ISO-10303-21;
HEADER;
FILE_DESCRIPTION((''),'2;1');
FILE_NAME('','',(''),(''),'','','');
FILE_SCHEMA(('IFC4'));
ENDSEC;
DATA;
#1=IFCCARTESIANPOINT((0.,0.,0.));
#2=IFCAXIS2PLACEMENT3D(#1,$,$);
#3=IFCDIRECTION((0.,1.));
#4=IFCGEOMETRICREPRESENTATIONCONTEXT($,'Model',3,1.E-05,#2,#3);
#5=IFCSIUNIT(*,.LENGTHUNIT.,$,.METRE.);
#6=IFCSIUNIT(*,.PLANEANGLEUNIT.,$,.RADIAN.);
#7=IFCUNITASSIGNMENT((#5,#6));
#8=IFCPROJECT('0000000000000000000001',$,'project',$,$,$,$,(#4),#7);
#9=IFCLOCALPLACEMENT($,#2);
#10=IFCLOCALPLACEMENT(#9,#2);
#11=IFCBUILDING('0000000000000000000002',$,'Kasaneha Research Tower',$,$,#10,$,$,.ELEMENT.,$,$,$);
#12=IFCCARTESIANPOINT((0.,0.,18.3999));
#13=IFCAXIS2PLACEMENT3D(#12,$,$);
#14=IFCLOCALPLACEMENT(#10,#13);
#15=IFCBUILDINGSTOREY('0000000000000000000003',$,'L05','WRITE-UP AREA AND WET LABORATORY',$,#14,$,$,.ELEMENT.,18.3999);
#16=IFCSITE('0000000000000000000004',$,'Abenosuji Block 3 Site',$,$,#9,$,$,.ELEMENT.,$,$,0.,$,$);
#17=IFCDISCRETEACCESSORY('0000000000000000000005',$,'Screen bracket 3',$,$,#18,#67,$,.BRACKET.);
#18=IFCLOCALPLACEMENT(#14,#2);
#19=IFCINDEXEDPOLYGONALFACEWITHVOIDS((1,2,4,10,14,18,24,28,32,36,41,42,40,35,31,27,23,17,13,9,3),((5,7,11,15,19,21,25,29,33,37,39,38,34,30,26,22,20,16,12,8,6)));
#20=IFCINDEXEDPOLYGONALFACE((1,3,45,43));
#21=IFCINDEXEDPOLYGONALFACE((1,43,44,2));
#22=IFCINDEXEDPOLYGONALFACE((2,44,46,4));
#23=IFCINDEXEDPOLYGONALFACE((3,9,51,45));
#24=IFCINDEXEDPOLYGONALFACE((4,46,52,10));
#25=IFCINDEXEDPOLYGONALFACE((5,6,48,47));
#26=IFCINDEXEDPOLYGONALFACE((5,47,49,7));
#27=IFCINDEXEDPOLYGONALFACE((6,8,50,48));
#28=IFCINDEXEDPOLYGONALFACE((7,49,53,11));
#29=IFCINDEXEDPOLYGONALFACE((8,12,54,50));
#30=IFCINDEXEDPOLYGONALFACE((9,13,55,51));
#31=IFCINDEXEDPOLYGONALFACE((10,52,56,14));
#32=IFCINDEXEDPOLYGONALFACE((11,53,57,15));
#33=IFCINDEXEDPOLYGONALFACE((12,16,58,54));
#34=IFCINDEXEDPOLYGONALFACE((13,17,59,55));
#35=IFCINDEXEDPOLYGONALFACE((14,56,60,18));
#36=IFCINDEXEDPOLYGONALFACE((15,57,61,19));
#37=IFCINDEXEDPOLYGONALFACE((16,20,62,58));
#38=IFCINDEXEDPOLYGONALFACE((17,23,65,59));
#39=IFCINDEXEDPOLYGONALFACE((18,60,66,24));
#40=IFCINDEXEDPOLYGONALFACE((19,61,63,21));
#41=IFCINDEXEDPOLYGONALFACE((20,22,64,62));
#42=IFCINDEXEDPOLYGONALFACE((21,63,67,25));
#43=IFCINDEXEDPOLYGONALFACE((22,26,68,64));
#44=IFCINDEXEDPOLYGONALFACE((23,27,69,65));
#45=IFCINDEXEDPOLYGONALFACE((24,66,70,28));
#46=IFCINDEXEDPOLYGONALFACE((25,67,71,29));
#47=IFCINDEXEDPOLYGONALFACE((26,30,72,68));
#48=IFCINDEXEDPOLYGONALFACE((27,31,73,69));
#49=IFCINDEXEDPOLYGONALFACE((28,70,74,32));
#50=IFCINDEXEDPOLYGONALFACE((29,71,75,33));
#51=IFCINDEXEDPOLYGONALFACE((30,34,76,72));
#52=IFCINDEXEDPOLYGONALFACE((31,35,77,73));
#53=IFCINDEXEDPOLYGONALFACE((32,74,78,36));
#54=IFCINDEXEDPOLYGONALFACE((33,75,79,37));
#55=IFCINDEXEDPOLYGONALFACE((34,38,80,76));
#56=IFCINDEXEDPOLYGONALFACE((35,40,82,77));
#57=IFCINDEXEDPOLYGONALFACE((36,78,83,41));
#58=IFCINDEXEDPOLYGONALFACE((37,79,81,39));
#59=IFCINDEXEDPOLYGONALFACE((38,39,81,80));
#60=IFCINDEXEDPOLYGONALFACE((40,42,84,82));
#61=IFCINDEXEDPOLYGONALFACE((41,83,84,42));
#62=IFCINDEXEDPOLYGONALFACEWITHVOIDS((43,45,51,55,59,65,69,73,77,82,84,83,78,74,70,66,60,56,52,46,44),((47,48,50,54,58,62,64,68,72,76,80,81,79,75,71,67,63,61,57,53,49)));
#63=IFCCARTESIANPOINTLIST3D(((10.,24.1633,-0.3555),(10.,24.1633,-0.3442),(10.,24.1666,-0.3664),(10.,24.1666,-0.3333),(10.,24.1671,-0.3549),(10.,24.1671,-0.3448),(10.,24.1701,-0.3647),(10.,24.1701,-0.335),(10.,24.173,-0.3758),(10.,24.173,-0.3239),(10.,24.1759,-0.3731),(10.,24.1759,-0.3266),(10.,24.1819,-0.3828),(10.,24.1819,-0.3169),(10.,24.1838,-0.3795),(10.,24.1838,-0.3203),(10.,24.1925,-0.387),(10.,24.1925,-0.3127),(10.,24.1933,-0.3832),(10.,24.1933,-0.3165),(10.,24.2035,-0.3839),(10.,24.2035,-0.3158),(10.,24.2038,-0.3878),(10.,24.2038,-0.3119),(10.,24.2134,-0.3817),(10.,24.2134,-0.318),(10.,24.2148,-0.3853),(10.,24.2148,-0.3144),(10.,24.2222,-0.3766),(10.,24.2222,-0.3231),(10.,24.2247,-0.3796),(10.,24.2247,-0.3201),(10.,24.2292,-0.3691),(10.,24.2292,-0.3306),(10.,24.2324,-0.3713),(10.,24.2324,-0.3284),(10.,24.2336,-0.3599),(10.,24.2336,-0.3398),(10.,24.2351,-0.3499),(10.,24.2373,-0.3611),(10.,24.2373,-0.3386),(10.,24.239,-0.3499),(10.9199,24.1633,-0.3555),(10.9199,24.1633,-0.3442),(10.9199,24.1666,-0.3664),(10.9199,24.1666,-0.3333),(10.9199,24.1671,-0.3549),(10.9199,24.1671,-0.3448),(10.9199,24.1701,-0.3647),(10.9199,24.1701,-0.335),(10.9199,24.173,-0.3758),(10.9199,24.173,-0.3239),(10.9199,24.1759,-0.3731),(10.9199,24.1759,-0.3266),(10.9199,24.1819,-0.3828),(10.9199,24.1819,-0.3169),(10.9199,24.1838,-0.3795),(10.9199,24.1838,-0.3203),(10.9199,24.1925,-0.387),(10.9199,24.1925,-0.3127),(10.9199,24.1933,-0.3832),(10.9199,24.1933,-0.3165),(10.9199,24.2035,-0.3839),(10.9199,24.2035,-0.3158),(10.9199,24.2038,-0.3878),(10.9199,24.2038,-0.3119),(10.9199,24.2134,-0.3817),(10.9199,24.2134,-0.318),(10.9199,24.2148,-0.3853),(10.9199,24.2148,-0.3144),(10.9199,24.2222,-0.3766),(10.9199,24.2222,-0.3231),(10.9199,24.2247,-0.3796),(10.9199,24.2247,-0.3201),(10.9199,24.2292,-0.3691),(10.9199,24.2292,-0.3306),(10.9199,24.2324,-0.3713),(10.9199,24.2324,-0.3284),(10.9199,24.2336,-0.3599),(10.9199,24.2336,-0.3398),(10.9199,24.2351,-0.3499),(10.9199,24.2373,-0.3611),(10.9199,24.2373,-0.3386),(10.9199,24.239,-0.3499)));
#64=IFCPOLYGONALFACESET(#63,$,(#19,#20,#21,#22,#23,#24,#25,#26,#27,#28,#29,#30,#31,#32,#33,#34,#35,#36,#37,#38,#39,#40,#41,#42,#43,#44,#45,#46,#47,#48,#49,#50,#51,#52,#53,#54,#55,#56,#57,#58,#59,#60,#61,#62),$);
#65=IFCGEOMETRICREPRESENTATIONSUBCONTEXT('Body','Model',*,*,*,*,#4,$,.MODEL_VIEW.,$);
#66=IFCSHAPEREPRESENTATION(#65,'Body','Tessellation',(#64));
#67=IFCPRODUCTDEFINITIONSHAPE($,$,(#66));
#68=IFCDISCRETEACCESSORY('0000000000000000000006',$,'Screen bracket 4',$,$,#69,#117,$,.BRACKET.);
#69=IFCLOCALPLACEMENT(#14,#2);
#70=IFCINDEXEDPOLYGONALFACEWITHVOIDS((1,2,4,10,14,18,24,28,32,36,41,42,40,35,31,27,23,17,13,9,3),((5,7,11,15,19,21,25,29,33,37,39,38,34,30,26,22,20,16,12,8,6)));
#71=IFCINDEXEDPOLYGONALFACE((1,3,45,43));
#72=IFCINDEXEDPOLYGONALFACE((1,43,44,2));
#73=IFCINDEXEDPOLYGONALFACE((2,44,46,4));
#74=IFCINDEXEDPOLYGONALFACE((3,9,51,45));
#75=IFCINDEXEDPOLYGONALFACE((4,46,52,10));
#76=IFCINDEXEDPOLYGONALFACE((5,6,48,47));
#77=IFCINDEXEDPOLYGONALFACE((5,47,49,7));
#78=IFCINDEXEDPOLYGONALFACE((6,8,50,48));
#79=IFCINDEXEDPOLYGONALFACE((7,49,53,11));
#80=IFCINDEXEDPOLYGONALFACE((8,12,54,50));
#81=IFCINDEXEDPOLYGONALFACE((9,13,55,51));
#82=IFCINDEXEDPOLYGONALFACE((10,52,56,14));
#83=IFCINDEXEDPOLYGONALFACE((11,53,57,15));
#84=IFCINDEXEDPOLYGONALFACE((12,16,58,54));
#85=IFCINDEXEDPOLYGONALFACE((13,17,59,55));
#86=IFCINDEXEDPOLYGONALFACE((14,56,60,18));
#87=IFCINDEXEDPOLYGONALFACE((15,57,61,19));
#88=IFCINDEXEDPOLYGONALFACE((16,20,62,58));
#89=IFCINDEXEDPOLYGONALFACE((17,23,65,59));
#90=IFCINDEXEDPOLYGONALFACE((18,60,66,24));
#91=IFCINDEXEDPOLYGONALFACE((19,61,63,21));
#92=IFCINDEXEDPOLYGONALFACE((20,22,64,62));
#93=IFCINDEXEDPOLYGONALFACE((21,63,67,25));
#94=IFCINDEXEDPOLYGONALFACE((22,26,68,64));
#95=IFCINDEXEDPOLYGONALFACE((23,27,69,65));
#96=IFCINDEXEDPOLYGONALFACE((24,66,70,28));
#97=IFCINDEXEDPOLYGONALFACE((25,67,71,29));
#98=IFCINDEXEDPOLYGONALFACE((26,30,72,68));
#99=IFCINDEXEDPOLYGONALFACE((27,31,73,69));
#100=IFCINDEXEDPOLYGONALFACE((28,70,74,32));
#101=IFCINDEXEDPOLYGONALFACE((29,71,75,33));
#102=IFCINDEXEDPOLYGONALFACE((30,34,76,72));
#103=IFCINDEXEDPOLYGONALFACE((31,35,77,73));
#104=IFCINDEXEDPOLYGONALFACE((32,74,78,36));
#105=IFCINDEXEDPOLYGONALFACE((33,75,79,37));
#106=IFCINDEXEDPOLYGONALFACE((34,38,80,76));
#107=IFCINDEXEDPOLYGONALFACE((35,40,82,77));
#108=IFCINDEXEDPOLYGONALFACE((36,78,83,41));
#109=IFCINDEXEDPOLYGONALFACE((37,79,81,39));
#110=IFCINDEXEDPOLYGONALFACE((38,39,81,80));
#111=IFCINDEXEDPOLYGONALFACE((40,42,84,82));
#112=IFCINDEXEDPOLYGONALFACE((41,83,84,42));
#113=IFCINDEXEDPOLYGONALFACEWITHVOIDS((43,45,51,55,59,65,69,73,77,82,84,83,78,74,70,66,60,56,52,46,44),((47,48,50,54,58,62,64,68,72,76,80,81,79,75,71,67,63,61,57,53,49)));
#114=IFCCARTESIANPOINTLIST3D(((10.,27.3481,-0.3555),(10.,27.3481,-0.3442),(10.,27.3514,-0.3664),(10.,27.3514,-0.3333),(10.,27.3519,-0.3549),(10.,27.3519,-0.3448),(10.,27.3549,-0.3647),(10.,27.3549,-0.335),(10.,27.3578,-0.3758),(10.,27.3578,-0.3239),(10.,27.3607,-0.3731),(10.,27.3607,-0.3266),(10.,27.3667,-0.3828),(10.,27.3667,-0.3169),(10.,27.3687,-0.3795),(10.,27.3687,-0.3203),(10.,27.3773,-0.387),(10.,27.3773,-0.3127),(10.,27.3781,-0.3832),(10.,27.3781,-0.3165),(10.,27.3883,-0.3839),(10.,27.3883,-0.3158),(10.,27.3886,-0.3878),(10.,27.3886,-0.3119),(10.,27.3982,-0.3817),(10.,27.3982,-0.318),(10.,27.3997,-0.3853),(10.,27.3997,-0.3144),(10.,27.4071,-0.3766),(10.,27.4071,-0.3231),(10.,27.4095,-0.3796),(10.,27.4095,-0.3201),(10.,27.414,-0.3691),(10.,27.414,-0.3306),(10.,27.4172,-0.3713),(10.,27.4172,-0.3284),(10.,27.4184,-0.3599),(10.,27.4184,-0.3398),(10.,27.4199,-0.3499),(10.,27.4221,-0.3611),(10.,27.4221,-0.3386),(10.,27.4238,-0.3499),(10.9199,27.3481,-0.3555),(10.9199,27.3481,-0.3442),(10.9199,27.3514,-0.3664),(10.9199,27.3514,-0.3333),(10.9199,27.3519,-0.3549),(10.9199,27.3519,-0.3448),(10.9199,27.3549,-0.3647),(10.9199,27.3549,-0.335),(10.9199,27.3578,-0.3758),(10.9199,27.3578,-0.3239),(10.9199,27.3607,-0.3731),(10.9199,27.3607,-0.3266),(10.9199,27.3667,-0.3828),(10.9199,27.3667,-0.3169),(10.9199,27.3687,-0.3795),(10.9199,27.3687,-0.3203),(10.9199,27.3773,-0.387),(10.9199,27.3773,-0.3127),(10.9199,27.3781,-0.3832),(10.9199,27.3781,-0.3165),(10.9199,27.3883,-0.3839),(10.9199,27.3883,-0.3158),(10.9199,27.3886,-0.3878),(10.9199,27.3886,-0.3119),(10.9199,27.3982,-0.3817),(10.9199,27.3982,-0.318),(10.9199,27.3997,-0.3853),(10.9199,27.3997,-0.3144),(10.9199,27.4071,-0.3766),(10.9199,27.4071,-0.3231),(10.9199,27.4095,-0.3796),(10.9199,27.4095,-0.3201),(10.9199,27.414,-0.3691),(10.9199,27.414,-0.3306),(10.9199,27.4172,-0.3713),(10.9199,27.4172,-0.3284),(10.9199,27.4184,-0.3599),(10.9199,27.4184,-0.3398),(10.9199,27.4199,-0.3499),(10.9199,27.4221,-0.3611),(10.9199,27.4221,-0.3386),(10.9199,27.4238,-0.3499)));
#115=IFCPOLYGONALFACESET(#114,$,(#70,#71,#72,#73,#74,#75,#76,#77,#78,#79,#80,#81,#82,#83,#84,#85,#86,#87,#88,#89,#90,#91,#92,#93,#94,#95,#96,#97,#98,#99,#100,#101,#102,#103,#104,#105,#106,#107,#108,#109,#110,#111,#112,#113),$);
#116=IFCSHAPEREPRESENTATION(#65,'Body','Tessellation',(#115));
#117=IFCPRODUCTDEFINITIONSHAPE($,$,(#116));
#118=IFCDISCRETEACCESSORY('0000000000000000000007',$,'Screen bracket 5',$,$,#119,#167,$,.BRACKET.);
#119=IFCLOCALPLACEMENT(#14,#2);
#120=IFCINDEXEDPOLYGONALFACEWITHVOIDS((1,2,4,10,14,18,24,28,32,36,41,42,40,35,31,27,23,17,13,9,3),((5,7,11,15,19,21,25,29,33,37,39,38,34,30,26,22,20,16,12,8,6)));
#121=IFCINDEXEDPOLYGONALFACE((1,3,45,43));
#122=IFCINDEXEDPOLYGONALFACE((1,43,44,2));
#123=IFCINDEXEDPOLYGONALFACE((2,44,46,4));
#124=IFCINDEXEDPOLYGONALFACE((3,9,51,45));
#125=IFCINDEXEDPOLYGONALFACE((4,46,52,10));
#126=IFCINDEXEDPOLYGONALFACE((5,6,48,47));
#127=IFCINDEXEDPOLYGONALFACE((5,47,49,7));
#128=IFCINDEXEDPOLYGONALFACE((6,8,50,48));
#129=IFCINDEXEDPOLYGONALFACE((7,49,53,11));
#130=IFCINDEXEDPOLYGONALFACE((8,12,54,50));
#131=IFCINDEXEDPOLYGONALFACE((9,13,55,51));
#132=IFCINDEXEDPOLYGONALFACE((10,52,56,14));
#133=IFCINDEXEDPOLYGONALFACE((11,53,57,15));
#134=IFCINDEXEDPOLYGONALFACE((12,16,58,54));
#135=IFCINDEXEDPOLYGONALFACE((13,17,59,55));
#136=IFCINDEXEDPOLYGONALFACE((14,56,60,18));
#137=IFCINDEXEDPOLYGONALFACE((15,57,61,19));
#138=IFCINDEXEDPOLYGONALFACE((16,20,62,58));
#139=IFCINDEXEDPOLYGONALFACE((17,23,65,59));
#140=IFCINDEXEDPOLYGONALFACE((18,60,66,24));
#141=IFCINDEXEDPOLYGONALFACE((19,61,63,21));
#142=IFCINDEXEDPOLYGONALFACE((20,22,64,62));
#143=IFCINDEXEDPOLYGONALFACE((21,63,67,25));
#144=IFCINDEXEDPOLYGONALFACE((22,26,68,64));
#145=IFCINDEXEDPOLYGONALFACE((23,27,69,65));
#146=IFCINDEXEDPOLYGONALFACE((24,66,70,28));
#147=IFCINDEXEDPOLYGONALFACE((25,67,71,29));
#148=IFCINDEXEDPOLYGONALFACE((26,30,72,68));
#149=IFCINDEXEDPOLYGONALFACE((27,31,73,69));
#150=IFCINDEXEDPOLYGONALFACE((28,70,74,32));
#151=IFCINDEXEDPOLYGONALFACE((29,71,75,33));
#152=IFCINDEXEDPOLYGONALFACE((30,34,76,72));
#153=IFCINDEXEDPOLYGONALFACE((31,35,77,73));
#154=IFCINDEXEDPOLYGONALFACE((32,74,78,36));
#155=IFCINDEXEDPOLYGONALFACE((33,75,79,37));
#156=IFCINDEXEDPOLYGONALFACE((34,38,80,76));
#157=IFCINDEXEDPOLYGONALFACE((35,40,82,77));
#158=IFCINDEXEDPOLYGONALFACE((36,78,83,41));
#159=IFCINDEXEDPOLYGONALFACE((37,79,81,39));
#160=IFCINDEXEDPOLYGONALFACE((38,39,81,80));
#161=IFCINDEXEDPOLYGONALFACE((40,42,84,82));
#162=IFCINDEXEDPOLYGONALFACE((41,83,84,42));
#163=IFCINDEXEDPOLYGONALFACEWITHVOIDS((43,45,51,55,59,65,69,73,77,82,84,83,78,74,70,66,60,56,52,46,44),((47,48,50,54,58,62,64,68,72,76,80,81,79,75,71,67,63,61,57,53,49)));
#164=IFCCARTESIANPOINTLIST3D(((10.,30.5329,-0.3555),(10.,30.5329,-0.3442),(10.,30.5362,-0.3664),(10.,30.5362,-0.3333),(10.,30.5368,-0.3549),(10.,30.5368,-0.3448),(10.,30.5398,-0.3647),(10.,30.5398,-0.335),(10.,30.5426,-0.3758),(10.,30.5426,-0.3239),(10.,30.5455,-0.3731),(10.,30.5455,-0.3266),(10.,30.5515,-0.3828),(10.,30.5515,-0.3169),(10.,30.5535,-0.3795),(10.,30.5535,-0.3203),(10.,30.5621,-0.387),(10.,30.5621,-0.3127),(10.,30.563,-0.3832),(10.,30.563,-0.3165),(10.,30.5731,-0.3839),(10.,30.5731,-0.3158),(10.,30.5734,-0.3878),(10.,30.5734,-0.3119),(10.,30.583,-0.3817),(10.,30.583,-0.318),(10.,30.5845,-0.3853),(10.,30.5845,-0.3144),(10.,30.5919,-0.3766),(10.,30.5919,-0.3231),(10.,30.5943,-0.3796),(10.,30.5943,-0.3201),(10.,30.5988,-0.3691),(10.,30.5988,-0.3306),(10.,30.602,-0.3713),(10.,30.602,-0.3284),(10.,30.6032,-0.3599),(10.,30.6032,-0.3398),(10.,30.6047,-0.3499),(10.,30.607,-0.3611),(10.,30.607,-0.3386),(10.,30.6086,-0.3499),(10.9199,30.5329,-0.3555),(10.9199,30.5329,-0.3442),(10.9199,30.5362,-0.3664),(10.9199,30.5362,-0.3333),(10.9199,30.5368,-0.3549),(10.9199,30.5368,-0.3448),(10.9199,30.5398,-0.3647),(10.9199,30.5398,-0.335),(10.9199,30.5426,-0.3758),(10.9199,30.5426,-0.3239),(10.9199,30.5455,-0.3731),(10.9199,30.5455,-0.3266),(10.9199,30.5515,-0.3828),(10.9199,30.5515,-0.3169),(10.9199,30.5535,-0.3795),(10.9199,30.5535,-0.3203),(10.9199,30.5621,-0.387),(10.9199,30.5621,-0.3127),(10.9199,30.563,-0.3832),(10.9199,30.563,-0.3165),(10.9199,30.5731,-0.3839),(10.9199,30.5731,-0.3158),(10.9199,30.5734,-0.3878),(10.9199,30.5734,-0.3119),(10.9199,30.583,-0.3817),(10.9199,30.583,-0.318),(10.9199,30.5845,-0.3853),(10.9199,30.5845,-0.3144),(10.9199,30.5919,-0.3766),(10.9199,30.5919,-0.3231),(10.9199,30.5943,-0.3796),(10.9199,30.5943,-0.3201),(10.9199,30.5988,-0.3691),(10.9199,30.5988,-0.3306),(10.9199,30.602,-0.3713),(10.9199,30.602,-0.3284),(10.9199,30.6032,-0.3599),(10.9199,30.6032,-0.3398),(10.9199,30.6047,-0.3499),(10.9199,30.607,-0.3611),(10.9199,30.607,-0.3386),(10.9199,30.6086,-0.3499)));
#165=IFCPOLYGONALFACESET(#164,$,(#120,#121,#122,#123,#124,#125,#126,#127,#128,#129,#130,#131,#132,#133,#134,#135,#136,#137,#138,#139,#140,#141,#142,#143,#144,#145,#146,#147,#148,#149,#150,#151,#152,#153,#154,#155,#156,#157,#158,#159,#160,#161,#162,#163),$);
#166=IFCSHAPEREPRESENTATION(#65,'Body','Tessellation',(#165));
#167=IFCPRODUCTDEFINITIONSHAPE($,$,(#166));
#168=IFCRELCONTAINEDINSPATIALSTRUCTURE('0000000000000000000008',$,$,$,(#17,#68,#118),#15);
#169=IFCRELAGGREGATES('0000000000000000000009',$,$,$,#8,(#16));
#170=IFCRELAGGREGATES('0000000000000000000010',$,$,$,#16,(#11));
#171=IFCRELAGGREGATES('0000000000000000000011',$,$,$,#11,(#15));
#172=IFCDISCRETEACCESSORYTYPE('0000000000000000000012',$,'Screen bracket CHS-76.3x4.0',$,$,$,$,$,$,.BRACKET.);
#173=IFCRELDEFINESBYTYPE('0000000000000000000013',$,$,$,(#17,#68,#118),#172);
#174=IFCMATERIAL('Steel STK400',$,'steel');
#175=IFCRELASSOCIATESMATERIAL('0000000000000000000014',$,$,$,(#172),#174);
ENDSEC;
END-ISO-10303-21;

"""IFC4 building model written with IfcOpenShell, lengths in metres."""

from ifc_helpers import new_model, si_unit, direction, frame, origin, origin_2d, place, context, subcontext, project, spatial, hollow_circle, extrude, material, material_profile, profile_set, type_object, element, save


model = new_model("IFC4")

# Units and contexts
model_context = context("Model", 3, precision=1e-05, world=origin(), true_north=direction((0.0, 1.0)))
body_context = subcontext(model_context, "Body", "Model", "MODEL_VIEW")
ifc_project = project(units=[si_unit("LENGTHUNIT", "METRE"), si_unit("PLANEANGLEUNIT", "RADIAN")], contexts=[model_context])

# Site, building, storey
site_placement = place(None, origin())
site = spatial("IfcSite", under=ifc_project, at=site_placement, Name="Abenosuji Block 3 Site", CompositionType="ELEMENT", RefElevation=0.0)
building_placement = place(site_placement, origin())
building = spatial("IfcBuilding", under=site, at=building_placement, Name="Kasaneha Research Tower", CompositionType="ELEMENT")
storey_placement = place(building_placement, frame((0.0, 0.0, 18.3999)))
storey = spatial("IfcBuildingStorey", under=building, at=storey_placement, Name="L05", Description="WRITE-UP AREA AND WET LABORATORY", CompositionType="ELEMENT", Elevation=18.3999)

# Discrete accessories
ifc_material_1 = material(Name="Steel STK400", Category="steel")
ifc_material_profile_1 = material_profile(ifc_material_1, hollow_circle(Radius=0.0381, WallThickness=0.0039, at=origin_2d()), Name="CHS-76.3x4.0")
ifc_profile_set_1 = profile_set([ifc_material_profile_1], Name="Steel STK400")
discrete_accessory_type = type_object("IfcDiscreteAccessoryType", Name="Screen bracket CHS-76.3x4.0", PredefinedType="BRACKET", material=ifc_profile_set_1)
for number, where, z_axis, x_axis, name in (
    (1, (10.0, 24.2009, -0.3499), (1.0, 0.0, 0.0), (0.0, 1.0, 0.0), "Screen bracket 3"),
    (2, (10.0, 27.3857, -0.3499), (1.0, 0.0, 0.0), (0.0, 1.0, 0.0), "Screen bracket 4"),
    (3, (10.0, 30.5706, -0.3499), (1.0, 0.0, 0.0), (0.0, 1.0, 0.0), "Screen bracket 5"),
):
    element("IfcDiscreteAccessory", number, at=place(storey_placement, frame(where, z_axis=z_axis, x_axis=x_axis)), inside=storey, type_object=discrete_accessory_type, Name=name, PredefinedType="BRACKET", context=body_context, shape_type="SweptSolid", body=[
        extrude(hollow_circle(Radius=0.0381, WallThickness=0.0039, at=origin_2d()), origin(), (0.0, 0.0, 1.0), 0.9199),
    ])

save(model, "model.ifc")
